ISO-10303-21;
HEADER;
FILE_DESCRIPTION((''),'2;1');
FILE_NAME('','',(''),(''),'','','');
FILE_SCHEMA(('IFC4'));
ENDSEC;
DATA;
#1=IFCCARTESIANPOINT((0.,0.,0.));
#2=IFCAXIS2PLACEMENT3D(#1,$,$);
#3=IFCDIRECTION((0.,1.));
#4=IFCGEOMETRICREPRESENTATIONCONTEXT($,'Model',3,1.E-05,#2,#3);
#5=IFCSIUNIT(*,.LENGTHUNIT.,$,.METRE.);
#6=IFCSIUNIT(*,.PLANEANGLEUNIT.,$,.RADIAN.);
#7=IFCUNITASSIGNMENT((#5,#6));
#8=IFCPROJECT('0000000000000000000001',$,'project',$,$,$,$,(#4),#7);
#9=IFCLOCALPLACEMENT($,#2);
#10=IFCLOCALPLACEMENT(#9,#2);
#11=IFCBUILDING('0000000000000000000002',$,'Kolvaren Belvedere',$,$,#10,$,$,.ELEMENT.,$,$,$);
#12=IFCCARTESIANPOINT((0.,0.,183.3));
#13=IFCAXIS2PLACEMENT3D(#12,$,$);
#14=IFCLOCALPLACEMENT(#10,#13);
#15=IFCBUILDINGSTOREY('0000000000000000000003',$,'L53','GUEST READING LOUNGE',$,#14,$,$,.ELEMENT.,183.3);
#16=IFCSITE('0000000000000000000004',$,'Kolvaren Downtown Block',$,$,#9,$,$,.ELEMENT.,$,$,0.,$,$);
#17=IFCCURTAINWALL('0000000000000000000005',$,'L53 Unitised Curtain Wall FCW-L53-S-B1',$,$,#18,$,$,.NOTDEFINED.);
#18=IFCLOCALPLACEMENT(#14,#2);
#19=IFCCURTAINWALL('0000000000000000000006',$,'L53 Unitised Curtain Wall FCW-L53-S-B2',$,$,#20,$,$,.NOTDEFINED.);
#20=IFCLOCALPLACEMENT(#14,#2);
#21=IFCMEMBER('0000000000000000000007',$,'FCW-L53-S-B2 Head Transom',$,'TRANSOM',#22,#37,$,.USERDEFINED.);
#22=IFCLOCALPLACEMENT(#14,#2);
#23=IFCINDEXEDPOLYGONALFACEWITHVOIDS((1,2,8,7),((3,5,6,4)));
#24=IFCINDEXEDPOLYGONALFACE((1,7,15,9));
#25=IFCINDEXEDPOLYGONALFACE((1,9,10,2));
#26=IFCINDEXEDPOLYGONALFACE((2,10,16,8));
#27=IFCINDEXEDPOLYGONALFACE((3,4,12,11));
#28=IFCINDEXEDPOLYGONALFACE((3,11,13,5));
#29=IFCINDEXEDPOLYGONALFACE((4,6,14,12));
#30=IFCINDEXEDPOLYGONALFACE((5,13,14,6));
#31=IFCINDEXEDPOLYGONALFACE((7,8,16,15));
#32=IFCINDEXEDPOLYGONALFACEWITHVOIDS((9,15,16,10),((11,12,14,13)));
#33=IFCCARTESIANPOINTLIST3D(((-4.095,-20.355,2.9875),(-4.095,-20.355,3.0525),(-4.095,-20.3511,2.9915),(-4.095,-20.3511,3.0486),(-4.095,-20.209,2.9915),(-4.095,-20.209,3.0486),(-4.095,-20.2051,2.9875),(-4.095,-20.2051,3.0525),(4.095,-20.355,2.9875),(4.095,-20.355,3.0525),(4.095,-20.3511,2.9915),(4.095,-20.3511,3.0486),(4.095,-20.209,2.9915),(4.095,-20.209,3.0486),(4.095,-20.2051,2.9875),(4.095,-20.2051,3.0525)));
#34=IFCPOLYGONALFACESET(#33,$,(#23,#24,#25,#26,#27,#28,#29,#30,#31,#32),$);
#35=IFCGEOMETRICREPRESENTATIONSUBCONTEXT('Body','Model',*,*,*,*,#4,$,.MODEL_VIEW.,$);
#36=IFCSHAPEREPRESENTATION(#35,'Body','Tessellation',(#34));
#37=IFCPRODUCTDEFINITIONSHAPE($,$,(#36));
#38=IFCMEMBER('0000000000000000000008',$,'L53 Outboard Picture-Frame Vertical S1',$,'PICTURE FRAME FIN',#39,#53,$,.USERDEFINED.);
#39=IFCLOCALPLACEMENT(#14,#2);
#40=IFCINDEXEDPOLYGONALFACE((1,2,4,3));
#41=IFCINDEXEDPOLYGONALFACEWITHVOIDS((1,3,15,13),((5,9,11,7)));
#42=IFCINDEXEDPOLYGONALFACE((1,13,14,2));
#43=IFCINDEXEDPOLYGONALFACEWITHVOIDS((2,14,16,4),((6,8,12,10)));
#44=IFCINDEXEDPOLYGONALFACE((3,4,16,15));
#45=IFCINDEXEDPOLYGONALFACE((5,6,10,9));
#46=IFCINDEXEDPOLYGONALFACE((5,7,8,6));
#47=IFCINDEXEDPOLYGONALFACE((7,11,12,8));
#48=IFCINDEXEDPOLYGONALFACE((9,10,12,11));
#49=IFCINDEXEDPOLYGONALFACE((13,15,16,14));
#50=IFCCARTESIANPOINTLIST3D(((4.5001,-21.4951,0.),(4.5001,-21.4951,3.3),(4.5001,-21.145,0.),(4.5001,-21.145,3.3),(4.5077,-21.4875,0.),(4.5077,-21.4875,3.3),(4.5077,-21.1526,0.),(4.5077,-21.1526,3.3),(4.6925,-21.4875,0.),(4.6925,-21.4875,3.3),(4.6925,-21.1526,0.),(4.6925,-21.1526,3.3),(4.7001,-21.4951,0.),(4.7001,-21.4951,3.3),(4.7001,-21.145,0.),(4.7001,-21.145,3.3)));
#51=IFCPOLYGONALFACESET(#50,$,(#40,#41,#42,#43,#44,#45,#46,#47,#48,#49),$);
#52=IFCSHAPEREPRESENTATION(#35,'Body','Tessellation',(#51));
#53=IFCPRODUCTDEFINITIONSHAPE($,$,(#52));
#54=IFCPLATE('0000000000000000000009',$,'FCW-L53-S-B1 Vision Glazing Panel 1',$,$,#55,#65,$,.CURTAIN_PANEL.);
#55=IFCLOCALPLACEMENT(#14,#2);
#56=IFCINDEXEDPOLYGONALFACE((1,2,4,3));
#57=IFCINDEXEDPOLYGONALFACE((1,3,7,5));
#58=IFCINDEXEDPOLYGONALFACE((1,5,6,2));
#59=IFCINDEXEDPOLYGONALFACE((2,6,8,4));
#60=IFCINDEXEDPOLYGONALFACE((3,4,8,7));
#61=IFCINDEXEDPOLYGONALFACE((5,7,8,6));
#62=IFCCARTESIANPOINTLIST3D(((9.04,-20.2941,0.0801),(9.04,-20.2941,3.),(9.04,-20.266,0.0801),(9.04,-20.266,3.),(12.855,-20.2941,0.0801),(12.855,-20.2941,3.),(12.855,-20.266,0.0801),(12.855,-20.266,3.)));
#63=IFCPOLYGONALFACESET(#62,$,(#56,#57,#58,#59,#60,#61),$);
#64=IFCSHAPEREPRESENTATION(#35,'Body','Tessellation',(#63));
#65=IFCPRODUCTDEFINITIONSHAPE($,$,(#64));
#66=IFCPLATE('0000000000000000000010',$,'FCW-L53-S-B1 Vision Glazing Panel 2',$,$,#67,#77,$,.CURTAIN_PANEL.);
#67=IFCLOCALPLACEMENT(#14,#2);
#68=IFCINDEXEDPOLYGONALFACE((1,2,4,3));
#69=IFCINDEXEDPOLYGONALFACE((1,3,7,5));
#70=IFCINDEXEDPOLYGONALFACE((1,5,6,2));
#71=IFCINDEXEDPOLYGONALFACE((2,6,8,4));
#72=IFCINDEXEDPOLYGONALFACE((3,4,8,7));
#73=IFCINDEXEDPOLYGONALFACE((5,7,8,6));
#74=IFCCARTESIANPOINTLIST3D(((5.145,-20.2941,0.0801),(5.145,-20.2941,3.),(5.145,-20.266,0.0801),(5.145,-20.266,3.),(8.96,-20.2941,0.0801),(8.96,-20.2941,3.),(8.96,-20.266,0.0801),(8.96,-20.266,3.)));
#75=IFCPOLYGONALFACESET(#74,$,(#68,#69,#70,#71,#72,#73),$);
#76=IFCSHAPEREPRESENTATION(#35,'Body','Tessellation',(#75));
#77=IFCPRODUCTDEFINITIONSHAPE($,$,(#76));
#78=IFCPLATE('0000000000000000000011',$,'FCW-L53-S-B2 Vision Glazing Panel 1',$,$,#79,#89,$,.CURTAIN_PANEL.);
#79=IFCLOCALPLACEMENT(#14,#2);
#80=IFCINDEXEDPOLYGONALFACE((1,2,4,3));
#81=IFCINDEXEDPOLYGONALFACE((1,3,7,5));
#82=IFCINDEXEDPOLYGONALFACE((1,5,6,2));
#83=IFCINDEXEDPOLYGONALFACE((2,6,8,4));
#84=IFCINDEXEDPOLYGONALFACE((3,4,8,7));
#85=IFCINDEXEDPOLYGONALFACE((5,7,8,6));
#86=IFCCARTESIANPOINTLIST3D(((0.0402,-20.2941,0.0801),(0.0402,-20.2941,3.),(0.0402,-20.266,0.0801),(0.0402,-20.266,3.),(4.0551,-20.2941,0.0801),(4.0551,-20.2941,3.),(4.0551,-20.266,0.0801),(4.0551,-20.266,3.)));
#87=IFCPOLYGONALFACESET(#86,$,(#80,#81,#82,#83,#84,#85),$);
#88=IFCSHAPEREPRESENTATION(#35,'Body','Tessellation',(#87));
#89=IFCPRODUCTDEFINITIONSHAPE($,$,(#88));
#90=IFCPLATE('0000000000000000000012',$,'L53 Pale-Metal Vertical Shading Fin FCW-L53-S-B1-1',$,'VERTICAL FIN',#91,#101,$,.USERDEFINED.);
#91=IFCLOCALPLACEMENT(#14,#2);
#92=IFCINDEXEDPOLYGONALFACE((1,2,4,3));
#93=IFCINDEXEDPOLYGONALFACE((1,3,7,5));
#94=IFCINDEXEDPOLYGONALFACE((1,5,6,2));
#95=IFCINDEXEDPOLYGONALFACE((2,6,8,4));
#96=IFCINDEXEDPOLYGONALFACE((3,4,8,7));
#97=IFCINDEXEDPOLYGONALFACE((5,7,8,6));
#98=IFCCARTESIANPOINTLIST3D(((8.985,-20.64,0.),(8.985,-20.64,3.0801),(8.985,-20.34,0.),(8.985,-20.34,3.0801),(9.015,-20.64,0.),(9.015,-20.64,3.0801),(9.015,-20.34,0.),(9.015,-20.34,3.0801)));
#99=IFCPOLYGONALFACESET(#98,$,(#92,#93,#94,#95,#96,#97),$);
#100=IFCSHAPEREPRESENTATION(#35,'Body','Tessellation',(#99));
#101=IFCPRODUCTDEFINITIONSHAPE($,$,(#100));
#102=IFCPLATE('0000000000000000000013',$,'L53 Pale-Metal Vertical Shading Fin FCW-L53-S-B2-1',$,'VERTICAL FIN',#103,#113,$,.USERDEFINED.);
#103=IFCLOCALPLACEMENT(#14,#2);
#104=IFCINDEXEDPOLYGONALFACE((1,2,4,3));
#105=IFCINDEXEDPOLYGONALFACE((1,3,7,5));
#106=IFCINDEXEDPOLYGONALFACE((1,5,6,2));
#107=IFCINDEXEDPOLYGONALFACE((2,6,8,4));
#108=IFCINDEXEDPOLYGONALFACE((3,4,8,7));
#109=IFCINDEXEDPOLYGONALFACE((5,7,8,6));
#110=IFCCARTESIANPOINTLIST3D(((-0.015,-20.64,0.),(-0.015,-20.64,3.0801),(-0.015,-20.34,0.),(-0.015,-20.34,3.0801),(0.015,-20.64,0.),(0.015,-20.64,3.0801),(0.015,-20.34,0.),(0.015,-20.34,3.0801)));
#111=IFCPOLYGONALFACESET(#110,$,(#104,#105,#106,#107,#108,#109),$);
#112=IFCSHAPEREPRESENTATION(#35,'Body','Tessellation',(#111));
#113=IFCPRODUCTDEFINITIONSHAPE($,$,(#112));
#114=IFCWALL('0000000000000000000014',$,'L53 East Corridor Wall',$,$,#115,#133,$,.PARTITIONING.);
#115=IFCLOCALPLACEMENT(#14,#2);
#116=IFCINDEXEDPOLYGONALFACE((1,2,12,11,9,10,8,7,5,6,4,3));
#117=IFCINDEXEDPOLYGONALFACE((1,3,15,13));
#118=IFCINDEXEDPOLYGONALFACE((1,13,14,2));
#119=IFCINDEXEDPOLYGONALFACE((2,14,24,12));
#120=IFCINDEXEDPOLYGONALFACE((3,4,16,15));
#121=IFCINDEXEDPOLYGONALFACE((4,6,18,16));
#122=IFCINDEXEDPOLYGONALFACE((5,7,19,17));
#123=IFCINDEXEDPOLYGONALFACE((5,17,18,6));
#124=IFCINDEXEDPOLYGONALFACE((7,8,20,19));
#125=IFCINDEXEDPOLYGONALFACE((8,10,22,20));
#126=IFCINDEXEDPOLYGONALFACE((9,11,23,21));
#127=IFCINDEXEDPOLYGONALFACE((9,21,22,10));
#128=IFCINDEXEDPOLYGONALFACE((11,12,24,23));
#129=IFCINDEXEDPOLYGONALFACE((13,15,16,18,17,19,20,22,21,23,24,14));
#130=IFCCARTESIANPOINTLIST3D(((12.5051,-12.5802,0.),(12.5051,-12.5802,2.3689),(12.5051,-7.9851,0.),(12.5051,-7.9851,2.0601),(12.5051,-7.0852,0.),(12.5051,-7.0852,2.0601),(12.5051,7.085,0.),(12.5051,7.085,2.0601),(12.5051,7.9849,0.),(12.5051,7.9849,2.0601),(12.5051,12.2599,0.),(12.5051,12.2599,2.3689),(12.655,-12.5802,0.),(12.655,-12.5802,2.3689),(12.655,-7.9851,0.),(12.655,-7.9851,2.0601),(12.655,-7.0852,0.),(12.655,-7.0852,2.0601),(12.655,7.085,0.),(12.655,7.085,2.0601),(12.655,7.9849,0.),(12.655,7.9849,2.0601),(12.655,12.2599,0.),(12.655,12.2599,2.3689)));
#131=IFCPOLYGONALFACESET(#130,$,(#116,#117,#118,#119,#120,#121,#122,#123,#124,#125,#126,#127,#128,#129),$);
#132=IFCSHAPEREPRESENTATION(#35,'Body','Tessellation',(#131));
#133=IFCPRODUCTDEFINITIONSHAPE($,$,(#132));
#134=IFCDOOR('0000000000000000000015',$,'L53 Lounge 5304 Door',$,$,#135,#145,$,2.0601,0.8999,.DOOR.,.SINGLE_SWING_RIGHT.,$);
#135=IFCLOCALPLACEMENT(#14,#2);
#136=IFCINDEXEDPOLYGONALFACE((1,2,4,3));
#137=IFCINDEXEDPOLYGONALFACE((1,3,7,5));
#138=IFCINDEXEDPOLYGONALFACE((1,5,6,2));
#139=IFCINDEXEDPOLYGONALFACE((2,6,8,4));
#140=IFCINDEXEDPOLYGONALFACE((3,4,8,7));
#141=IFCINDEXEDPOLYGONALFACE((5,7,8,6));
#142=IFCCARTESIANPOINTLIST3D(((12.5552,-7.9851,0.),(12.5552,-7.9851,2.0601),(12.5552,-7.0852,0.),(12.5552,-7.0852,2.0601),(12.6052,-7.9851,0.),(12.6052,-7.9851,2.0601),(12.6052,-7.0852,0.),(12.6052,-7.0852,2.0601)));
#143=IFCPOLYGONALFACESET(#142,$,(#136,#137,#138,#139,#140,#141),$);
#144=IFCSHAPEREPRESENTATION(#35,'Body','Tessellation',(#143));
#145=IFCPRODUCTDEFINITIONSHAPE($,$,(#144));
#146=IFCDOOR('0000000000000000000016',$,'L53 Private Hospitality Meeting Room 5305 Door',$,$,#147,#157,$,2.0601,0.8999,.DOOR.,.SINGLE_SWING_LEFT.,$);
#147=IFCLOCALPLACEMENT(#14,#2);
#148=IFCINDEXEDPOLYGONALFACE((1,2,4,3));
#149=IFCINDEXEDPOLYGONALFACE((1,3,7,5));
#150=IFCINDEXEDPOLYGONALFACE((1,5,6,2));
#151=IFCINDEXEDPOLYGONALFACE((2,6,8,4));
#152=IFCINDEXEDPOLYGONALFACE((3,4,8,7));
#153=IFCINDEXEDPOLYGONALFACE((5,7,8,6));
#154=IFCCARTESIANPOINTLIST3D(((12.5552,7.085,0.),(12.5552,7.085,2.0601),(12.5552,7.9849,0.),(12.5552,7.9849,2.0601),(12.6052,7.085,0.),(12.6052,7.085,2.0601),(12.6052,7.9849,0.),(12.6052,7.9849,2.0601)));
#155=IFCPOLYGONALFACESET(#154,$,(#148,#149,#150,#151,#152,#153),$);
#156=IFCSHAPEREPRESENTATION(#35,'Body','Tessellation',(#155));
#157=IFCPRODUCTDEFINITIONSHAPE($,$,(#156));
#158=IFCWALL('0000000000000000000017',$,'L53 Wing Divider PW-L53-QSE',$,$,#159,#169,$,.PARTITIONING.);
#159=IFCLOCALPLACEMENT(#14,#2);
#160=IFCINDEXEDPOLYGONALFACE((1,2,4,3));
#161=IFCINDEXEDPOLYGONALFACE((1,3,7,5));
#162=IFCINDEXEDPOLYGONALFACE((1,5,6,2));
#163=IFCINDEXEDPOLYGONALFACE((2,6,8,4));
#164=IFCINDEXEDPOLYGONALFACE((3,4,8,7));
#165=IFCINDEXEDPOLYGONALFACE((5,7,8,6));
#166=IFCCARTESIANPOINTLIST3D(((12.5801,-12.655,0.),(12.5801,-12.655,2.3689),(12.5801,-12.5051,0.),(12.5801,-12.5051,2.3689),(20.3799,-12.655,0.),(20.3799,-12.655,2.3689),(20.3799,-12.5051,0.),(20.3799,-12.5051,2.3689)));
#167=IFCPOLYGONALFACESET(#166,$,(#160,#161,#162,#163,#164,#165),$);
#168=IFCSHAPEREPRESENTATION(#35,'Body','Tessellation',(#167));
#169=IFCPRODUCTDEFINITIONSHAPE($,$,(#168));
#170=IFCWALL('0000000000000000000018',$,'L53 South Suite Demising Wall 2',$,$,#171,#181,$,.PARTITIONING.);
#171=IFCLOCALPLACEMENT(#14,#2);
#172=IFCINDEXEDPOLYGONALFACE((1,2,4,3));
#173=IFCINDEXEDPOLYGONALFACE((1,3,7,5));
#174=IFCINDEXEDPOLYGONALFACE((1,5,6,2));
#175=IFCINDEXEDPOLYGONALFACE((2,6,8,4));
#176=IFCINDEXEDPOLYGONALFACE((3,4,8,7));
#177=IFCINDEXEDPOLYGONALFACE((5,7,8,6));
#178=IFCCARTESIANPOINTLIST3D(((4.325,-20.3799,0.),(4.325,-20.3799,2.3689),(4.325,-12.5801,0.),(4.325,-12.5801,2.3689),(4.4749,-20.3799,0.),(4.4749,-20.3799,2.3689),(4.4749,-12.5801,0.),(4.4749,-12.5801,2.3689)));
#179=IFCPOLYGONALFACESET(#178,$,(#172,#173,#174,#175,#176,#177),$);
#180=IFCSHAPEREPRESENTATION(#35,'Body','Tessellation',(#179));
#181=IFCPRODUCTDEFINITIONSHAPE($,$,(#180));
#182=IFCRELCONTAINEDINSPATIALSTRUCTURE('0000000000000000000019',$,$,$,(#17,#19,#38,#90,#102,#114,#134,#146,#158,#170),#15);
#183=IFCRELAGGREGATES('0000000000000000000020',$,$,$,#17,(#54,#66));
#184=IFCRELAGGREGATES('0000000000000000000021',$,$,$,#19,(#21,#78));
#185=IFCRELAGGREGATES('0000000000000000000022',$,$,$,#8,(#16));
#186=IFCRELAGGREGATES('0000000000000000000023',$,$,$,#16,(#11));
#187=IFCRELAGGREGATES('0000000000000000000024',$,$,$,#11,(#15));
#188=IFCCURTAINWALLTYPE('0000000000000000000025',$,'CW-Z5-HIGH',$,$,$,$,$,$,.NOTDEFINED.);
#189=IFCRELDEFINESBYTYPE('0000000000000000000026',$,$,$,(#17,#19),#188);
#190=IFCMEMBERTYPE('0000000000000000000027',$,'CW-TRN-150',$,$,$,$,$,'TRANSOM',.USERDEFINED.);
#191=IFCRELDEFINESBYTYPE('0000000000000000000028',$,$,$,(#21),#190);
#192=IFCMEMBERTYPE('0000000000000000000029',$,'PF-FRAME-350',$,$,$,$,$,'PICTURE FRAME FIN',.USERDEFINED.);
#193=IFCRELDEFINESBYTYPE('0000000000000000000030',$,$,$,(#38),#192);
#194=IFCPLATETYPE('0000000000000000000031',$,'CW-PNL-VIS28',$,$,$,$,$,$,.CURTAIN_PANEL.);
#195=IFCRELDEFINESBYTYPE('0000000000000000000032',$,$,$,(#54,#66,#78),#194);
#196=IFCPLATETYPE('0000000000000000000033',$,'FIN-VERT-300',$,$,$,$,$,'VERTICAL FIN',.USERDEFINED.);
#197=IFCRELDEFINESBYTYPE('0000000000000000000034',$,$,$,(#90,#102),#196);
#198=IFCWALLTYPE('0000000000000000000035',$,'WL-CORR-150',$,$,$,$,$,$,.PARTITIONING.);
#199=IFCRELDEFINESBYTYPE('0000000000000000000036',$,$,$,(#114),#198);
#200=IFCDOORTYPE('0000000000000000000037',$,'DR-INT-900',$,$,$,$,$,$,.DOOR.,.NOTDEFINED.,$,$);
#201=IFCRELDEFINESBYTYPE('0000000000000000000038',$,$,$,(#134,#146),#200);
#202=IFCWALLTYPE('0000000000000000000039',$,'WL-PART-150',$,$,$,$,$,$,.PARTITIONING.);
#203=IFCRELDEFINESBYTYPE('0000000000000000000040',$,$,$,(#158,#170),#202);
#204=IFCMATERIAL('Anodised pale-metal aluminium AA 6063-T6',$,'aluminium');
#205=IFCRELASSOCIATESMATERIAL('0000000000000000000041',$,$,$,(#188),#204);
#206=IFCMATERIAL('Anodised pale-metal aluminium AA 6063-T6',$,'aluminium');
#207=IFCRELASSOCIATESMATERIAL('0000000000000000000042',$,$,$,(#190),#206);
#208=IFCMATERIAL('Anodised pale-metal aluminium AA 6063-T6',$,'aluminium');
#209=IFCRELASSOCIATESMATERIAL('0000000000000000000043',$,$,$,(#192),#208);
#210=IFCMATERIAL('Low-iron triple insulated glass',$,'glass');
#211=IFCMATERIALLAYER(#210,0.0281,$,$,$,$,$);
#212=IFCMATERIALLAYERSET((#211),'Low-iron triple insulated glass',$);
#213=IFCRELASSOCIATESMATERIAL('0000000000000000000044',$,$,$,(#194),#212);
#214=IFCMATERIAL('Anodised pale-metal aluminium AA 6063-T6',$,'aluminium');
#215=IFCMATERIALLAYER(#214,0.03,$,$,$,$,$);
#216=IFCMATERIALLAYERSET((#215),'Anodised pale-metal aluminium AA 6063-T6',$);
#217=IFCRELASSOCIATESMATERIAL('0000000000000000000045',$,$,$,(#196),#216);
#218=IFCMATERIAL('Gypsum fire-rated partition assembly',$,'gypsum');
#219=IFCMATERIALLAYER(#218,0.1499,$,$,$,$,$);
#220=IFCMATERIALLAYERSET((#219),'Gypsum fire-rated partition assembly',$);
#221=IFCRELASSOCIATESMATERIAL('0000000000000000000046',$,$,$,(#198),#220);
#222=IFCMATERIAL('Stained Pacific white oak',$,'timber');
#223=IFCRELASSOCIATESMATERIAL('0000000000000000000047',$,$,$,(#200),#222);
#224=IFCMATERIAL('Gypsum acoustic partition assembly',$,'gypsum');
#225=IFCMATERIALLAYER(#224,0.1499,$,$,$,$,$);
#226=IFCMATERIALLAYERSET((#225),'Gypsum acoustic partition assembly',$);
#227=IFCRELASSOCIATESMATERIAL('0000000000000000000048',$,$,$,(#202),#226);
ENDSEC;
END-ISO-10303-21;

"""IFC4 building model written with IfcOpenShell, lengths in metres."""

from ifc_helpers import new_model, si_unit, direction, frame, frame_2d, origin, origin_2d, place, context, subcontext, project, spatial, rectangle, hollow_rectangle, extrude, material, layer, layer_set, material_profile, profile_set, type_object, element, fill, aggregate, save


model = new_model("IFC4")

# Units and contexts
model_context = context("Model", 3, precision=1e-05, world=origin(), true_north=direction((0.0, 1.0)))
body_context = subcontext(model_context, "Body", "Model", "MODEL_VIEW")
ifc_project = project(units=[si_unit("LENGTHUNIT", "METRE"), si_unit("PLANEANGLEUNIT", "RADIAN")], contexts=[model_context])

# Site, building, storey
site_placement = place(None, origin())
site = spatial("IfcSite", under=ifc_project, at=site_placement, Name="Kolvaren Downtown Block", CompositionType="ELEMENT", RefElevation=0.0)
building_placement = place(site_placement, origin())
building = spatial("IfcBuilding", under=site, at=building_placement, Name="Kolvaren Belvedere", CompositionType="ELEMENT")
storey_placement = place(building_placement, frame((0.0, 0.0, 183.3)))
storey = spatial("IfcBuildingStorey", under=building, at=storey_placement, Name="L53", Description="GUEST READING LOUNGE", CompositionType="ELEMENT", Elevation=183.3)

# Curtain walls, member
ifc_material_1 = material(Name="Anodised pale-metal aluminium AA 6063-T6", Category="aluminium")
curtain_wall_type = type_object("IfcCurtainWallType", Name="CW-Z5-HIGH", PredefinedType="NOTDEFINED", material=ifc_material_1)
curtain_wall_1_placement = place(storey_placement, origin())
curtain_wall_1 = element("IfcCurtainWall", 1, at=curtain_wall_1_placement, inside=storey, type_object=curtain_wall_type, Name="L53 Unitised Curtain Wall FCW-L53-S-B1", PredefinedType="NOTDEFINED")
curtain_wall_2_placement = place(storey_placement, origin())
curtain_wall_2 = element("IfcCurtainWall", 2, at=curtain_wall_2_placement, inside=storey, type_object=curtain_wall_type, Name="L53 Unitised Curtain Wall FCW-L53-S-B2", PredefinedType="NOTDEFINED")
ifc_material_2 = material(Name="Anodised pale-metal aluminium AA 6063-T6", Category="aluminium")
ifc_material_profile_1 = material_profile(ifc_material_2, hollow_rectangle(XDim=0.0649, YDim=0.1499, WallThickness=0.0039, at=origin_2d()), Name="ALU-TRN-150X65")
ifc_profile_set_1 = profile_set([ifc_material_profile_1], Name="Anodised pale-metal aluminium AA 6063-T6")
member_type_1 = type_object("IfcMemberType", Name="CW-TRN-150", ElementType="TRANSOM", PredefinedType="USERDEFINED", material=ifc_profile_set_1)
member_1_placement = place(storey_placement, frame((4.095, -20.28, 3.02), z_axis=(-1.0, 0.0, 0.0), x_axis=(0.0, 0.0, 1.0)))
member_1 = element("IfcMember", 3, at=member_1_placement, type_object=member_type_1, Name="FCW-L53-S-B2 Head Transom", ObjectType="TRANSOM", PredefinedType="USERDEFINED", context=body_context, shape_type="SweptSolid", body=[
    extrude(hollow_rectangle(XDim=0.0649, YDim=0.1499, WallThickness=0.0039, at=origin_2d()), origin(), (0.0, 0.0, 1.0), 8.1899),
])

# Member
ifc_material_3 = material(Name="Anodised pale-metal aluminium AA 6063-T6", Category="aluminium")
ifc_material_profile_2 = material_profile(ifc_material_3, hollow_rectangle(XDim=0.2, YDim=0.3501, WallThickness=0.0076, at=origin_2d()), Name="ALU-PF-350X200")
ifc_profile_set_2 = profile_set([ifc_material_profile_2], Name="Anodised pale-metal aluminium AA 6063-T6")
member_type_2 = type_object("IfcMemberType", Name="PF-FRAME-350", ElementType="PICTURE FRAME FIN", PredefinedType="USERDEFINED", material=ifc_profile_set_2)
member_2_placement = place(storey_placement, frame((4.6001, -21.3201, 0.0), z_axis=(0.0, 0.0, 1.0), x_axis=(1.0, 0.0, 0.0)))
element("IfcMember", 4, at=member_2_placement, inside=storey, type_object=member_type_2, Name="L53 Outboard Picture-Frame Vertical S1", ObjectType="PICTURE FRAME FIN", PredefinedType="USERDEFINED", context=body_context, shape_type="SweptSolid", body=[
    extrude(hollow_rectangle(XDim=0.2, YDim=0.3501, WallThickness=0.0076, at=origin_2d()), origin(), (0.0, 0.0, 1.0), 3.3),
])

# Plates
ifc_material_4 = material(Name="Low-iron triple insulated glass", Category="glass")
ifc_layer_1 = layer(ifc_material_4, 0.0281)
ifc_layer_set_1 = layer_set([ifc_layer_1], Name="Low-iron triple insulated glass")
plate_type_1 = type_object("IfcPlateType", Name="CW-PNL-VIS28", PredefinedType="CURTAIN_PANEL", material=ifc_layer_set_1)
plate_1_placement = place(storey_placement, frame((10.9475, -20.28, 0.0801), z_axis=(0.0, 0.0, 1.0), x_axis=(-1.0, 0.0, 0.0)))
plate_1 = element("IfcPlate", 5, at=plate_1_placement, type_object=plate_type_1, Name="FCW-L53-S-B1 Vision Glazing Panel 1", PredefinedType="CURTAIN_PANEL", context=body_context, shape_type="SweptSolid", body=[
    extrude(rectangle(XDim=3.8149, YDim=0.0281, at=origin_2d()), origin(), (0.0, 0.0, 1.0), 2.9199),
])
plate_2_placement = place(storey_placement, frame((7.0525, -20.28, 0.0801), z_axis=(0.0, 0.0, 1.0), x_axis=(-1.0, 0.0, 0.0)))
plate_2 = element("IfcPlate", 6, at=plate_2_placement, type_object=plate_type_1, Name="FCW-L53-S-B1 Vision Glazing Panel 2", PredefinedType="CURTAIN_PANEL", context=body_context, shape_type="SweptSolid", body=[
    extrude(rectangle(XDim=3.8149, YDim=0.0281, at=origin_2d()), origin(), (0.0, 0.0, 1.0), 2.9199),
])
aggregate(curtain_wall_1, [plate_1, plate_2])
plate_3_placement = place(storey_placement, frame((2.0476, -20.28, 0.0801), z_axis=(0.0, 0.0, 1.0), x_axis=(-1.0, 0.0, 0.0)))
plate_3 = element("IfcPlate", 7, at=plate_3_placement, type_object=plate_type_1, Name="FCW-L53-S-B2 Vision Glazing Panel 1", PredefinedType="CURTAIN_PANEL", context=body_context, shape_type="SweptSolid", body=[
    extrude(rectangle(XDim=4.0149, YDim=0.0281, at=origin_2d()), origin(), (0.0, 0.0, 1.0), 2.9199),
])
aggregate(curtain_wall_2, [member_1, plate_3])

# Plates
ifc_material_5 = material(Name="Anodised pale-metal aluminium AA 6063-T6", Category="aluminium")
ifc_layer_2 = layer(ifc_material_5, 0.03)
ifc_layer_set_2 = layer_set([ifc_layer_2], Name="Anodised pale-metal aluminium AA 6063-T6")
plate_type_2 = type_object("IfcPlateType", Name="FIN-VERT-300", ElementType="VERTICAL FIN", PredefinedType="USERDEFINED", material=ifc_layer_set_2)
for number, where, z_axis, x_axis, name in (
    (8, (9.0, -20.49, 0.0), (0.0, 0.0, 1.0), (0.0, 1.0, 0.0), "L53 Pale-Metal Vertical Shading Fin FCW-L53-S-B1-1"),
    (9, (0.0, -20.49, 0.0), (0.0, 0.0, 1.0), (0.0, 1.0, 0.0), "L53 Pale-Metal Vertical Shading Fin FCW-L53-S-B2-1"),
):
    element("IfcPlate", number, at=place(storey_placement, frame(where, z_axis=z_axis, x_axis=x_axis)), inside=storey, type_object=plate_type_2, Name=name, ObjectType="VERTICAL FIN", PredefinedType="USERDEFINED", context=body_context, shape_type="SweptSolid", body=[
        extrude(rectangle(XDim=0.3, YDim=0.03, at=origin_2d()), origin(), (0.0, 0.0, 1.0), 3.0801),
    ])

# Wall, openings, doors
ifc_material_6 = material(Name="Gypsum fire-rated partition assembly", Category="gypsum")
ifc_layer_3 = layer(ifc_material_6, 0.1499)
ifc_layer_set_3 = layer_set([ifc_layer_3], Name="Gypsum fire-rated partition assembly")
wall_type_1 = type_object("IfcWallType", Name="WL-CORR-150", PredefinedType="PARTITIONING", material=ifc_layer_set_3)
wall_placement = place(storey_placement, frame((12.5801, -12.5801, 0.0), z_axis=(0.0, 0.0, 1.0), x_axis=(0.0, 1.0, 0.0)))
wall = element("IfcWall", 10, at=wall_placement, inside=storey, type_object=wall_type_1, Name="L53 East Corridor Wall", PredefinedType="PARTITIONING", context=body_context, shape_type="SweptSolid", body=[
    extrude(rectangle(XDim=24.8401, YDim=0.1499, at=frame_2d((12.4199, 0.0))), origin(), (0.0, 0.0, 1.0), 2.3689),
])
opening_1_placement = place(wall_placement, frame((4.595, 0.0, 0.0)))
opening_1 = element("IfcOpeningElement", 11, at=opening_1_placement, cuts=wall, PredefinedType="OPENING", context=body_context, shape_type="SweptSolid", body=[
    extrude(rectangle(XDim=0.8999, YDim=2.0601, at=frame_2d((0.45, 1.03))), frame((0.0, 0.085, 0.0), z_axis=(0.0, -1.0, 0.0), x_axis=(1.0, 0.0, 0.0)), (0.0, 0.0, 1.0), 0.1699),
])
opening_2_placement = place(wall_placement, frame((19.665, 0.0, 0.0)))
opening_2 = element("IfcOpeningElement", 12, at=opening_2_placement, cuts=wall, PredefinedType="OPENING", context=body_context, shape_type="SweptSolid", body=[
    extrude(rectangle(XDim=0.8999, YDim=2.0601, at=frame_2d((0.45, 1.03))), frame((0.0, 0.085, 0.0), z_axis=(0.0, -1.0, 0.0), x_axis=(1.0, 0.0, 0.0)), (0.0, 0.0, 1.0), 0.1699),
])
ifc_material_7 = material(Name="Stained Pacific white oak", Category="timber")
door_type = type_object("IfcDoorType", Name="DR-INT-900", OperationType="NOTDEFINED", PredefinedType="DOOR", material=ifc_material_7)
door_1_placement = place(opening_1_placement, origin())
door_1 = element("IfcDoor", 13, at=door_1_placement, inside=storey, type_object=door_type, Name="L53 Lounge 5304 Door", OperationType="SINGLE_SWING_RIGHT", OverallHeight=2.0601, OverallWidth=0.8999, PredefinedType="DOOR", context=body_context, shape_type="SweptSolid", body=[
    extrude(rectangle(XDim=0.8999, YDim=2.0601, at=frame_2d((0.45, 1.03))), frame((0.0, 0.0249, 0.0), z_axis=(0.0, -1.0, 0.0), x_axis=(1.0, 0.0, 0.0)), (0.0, 0.0, 1.0), 0.05),
])
fill(opening_1, door_1)
door_2_placement = place(opening_2_placement, origin())
door_2 = element("IfcDoor", 14, at=door_2_placement, inside=storey, type_object=door_type, Name="L53 Private Hospitality Meeting Room 5305 Door", OperationType="SINGLE_SWING_LEFT", OverallHeight=2.0601, OverallWidth=0.8999, PredefinedType="DOOR", context=body_context, shape_type="SweptSolid", body=[
    extrude(rectangle(XDim=0.8999, YDim=2.0601, at=frame_2d((0.45, 1.03))), frame((0.0, 0.0249, 0.0), z_axis=(0.0, -1.0, 0.0), x_axis=(1.0, 0.0, 0.0)), (0.0, 0.0, 1.0), 0.05),
])
fill(opening_2, door_2)

# Walls
ifc_material_8 = material(Name="Gypsum acoustic partition assembly", Category="gypsum")
ifc_layer_4 = layer(ifc_material_8, 0.1499)
ifc_layer_set_4 = layer_set([ifc_layer_4], Name="Gypsum acoustic partition assembly")
wall_type_2 = type_object("IfcWallType", Name="WL-PART-150", PredefinedType="PARTITIONING", material=ifc_layer_set_4)
for number, where, z_axis, x_axis, name in (
    (15, (12.5801, -12.5801, 0.0), (0.0, 0.0, 1.0), (1.0, 0.0, 0.0), "L53 Wing Divider PW-L53-QSE"),
    (16, (4.3999, -20.3799, 0.0), (0.0, 0.0, 1.0), (0.0, 1.0, 0.0), "L53 South Suite Demising Wall 2"),
):
    element("IfcWall", number, at=place(storey_placement, frame(where, z_axis=z_axis, x_axis=x_axis)), inside=storey, type_object=wall_type_2, Name=name, PredefinedType="PARTITIONING", context=body_context, shape_type="SweptSolid", body=[
        extrude(rectangle(XDim=7.7998, YDim=0.1499, at=frame_2d((3.8999, 0.0))), origin(), (0.0, 0.0, 1.0), 2.3689),
    ])

save(model, "model.ifc")
